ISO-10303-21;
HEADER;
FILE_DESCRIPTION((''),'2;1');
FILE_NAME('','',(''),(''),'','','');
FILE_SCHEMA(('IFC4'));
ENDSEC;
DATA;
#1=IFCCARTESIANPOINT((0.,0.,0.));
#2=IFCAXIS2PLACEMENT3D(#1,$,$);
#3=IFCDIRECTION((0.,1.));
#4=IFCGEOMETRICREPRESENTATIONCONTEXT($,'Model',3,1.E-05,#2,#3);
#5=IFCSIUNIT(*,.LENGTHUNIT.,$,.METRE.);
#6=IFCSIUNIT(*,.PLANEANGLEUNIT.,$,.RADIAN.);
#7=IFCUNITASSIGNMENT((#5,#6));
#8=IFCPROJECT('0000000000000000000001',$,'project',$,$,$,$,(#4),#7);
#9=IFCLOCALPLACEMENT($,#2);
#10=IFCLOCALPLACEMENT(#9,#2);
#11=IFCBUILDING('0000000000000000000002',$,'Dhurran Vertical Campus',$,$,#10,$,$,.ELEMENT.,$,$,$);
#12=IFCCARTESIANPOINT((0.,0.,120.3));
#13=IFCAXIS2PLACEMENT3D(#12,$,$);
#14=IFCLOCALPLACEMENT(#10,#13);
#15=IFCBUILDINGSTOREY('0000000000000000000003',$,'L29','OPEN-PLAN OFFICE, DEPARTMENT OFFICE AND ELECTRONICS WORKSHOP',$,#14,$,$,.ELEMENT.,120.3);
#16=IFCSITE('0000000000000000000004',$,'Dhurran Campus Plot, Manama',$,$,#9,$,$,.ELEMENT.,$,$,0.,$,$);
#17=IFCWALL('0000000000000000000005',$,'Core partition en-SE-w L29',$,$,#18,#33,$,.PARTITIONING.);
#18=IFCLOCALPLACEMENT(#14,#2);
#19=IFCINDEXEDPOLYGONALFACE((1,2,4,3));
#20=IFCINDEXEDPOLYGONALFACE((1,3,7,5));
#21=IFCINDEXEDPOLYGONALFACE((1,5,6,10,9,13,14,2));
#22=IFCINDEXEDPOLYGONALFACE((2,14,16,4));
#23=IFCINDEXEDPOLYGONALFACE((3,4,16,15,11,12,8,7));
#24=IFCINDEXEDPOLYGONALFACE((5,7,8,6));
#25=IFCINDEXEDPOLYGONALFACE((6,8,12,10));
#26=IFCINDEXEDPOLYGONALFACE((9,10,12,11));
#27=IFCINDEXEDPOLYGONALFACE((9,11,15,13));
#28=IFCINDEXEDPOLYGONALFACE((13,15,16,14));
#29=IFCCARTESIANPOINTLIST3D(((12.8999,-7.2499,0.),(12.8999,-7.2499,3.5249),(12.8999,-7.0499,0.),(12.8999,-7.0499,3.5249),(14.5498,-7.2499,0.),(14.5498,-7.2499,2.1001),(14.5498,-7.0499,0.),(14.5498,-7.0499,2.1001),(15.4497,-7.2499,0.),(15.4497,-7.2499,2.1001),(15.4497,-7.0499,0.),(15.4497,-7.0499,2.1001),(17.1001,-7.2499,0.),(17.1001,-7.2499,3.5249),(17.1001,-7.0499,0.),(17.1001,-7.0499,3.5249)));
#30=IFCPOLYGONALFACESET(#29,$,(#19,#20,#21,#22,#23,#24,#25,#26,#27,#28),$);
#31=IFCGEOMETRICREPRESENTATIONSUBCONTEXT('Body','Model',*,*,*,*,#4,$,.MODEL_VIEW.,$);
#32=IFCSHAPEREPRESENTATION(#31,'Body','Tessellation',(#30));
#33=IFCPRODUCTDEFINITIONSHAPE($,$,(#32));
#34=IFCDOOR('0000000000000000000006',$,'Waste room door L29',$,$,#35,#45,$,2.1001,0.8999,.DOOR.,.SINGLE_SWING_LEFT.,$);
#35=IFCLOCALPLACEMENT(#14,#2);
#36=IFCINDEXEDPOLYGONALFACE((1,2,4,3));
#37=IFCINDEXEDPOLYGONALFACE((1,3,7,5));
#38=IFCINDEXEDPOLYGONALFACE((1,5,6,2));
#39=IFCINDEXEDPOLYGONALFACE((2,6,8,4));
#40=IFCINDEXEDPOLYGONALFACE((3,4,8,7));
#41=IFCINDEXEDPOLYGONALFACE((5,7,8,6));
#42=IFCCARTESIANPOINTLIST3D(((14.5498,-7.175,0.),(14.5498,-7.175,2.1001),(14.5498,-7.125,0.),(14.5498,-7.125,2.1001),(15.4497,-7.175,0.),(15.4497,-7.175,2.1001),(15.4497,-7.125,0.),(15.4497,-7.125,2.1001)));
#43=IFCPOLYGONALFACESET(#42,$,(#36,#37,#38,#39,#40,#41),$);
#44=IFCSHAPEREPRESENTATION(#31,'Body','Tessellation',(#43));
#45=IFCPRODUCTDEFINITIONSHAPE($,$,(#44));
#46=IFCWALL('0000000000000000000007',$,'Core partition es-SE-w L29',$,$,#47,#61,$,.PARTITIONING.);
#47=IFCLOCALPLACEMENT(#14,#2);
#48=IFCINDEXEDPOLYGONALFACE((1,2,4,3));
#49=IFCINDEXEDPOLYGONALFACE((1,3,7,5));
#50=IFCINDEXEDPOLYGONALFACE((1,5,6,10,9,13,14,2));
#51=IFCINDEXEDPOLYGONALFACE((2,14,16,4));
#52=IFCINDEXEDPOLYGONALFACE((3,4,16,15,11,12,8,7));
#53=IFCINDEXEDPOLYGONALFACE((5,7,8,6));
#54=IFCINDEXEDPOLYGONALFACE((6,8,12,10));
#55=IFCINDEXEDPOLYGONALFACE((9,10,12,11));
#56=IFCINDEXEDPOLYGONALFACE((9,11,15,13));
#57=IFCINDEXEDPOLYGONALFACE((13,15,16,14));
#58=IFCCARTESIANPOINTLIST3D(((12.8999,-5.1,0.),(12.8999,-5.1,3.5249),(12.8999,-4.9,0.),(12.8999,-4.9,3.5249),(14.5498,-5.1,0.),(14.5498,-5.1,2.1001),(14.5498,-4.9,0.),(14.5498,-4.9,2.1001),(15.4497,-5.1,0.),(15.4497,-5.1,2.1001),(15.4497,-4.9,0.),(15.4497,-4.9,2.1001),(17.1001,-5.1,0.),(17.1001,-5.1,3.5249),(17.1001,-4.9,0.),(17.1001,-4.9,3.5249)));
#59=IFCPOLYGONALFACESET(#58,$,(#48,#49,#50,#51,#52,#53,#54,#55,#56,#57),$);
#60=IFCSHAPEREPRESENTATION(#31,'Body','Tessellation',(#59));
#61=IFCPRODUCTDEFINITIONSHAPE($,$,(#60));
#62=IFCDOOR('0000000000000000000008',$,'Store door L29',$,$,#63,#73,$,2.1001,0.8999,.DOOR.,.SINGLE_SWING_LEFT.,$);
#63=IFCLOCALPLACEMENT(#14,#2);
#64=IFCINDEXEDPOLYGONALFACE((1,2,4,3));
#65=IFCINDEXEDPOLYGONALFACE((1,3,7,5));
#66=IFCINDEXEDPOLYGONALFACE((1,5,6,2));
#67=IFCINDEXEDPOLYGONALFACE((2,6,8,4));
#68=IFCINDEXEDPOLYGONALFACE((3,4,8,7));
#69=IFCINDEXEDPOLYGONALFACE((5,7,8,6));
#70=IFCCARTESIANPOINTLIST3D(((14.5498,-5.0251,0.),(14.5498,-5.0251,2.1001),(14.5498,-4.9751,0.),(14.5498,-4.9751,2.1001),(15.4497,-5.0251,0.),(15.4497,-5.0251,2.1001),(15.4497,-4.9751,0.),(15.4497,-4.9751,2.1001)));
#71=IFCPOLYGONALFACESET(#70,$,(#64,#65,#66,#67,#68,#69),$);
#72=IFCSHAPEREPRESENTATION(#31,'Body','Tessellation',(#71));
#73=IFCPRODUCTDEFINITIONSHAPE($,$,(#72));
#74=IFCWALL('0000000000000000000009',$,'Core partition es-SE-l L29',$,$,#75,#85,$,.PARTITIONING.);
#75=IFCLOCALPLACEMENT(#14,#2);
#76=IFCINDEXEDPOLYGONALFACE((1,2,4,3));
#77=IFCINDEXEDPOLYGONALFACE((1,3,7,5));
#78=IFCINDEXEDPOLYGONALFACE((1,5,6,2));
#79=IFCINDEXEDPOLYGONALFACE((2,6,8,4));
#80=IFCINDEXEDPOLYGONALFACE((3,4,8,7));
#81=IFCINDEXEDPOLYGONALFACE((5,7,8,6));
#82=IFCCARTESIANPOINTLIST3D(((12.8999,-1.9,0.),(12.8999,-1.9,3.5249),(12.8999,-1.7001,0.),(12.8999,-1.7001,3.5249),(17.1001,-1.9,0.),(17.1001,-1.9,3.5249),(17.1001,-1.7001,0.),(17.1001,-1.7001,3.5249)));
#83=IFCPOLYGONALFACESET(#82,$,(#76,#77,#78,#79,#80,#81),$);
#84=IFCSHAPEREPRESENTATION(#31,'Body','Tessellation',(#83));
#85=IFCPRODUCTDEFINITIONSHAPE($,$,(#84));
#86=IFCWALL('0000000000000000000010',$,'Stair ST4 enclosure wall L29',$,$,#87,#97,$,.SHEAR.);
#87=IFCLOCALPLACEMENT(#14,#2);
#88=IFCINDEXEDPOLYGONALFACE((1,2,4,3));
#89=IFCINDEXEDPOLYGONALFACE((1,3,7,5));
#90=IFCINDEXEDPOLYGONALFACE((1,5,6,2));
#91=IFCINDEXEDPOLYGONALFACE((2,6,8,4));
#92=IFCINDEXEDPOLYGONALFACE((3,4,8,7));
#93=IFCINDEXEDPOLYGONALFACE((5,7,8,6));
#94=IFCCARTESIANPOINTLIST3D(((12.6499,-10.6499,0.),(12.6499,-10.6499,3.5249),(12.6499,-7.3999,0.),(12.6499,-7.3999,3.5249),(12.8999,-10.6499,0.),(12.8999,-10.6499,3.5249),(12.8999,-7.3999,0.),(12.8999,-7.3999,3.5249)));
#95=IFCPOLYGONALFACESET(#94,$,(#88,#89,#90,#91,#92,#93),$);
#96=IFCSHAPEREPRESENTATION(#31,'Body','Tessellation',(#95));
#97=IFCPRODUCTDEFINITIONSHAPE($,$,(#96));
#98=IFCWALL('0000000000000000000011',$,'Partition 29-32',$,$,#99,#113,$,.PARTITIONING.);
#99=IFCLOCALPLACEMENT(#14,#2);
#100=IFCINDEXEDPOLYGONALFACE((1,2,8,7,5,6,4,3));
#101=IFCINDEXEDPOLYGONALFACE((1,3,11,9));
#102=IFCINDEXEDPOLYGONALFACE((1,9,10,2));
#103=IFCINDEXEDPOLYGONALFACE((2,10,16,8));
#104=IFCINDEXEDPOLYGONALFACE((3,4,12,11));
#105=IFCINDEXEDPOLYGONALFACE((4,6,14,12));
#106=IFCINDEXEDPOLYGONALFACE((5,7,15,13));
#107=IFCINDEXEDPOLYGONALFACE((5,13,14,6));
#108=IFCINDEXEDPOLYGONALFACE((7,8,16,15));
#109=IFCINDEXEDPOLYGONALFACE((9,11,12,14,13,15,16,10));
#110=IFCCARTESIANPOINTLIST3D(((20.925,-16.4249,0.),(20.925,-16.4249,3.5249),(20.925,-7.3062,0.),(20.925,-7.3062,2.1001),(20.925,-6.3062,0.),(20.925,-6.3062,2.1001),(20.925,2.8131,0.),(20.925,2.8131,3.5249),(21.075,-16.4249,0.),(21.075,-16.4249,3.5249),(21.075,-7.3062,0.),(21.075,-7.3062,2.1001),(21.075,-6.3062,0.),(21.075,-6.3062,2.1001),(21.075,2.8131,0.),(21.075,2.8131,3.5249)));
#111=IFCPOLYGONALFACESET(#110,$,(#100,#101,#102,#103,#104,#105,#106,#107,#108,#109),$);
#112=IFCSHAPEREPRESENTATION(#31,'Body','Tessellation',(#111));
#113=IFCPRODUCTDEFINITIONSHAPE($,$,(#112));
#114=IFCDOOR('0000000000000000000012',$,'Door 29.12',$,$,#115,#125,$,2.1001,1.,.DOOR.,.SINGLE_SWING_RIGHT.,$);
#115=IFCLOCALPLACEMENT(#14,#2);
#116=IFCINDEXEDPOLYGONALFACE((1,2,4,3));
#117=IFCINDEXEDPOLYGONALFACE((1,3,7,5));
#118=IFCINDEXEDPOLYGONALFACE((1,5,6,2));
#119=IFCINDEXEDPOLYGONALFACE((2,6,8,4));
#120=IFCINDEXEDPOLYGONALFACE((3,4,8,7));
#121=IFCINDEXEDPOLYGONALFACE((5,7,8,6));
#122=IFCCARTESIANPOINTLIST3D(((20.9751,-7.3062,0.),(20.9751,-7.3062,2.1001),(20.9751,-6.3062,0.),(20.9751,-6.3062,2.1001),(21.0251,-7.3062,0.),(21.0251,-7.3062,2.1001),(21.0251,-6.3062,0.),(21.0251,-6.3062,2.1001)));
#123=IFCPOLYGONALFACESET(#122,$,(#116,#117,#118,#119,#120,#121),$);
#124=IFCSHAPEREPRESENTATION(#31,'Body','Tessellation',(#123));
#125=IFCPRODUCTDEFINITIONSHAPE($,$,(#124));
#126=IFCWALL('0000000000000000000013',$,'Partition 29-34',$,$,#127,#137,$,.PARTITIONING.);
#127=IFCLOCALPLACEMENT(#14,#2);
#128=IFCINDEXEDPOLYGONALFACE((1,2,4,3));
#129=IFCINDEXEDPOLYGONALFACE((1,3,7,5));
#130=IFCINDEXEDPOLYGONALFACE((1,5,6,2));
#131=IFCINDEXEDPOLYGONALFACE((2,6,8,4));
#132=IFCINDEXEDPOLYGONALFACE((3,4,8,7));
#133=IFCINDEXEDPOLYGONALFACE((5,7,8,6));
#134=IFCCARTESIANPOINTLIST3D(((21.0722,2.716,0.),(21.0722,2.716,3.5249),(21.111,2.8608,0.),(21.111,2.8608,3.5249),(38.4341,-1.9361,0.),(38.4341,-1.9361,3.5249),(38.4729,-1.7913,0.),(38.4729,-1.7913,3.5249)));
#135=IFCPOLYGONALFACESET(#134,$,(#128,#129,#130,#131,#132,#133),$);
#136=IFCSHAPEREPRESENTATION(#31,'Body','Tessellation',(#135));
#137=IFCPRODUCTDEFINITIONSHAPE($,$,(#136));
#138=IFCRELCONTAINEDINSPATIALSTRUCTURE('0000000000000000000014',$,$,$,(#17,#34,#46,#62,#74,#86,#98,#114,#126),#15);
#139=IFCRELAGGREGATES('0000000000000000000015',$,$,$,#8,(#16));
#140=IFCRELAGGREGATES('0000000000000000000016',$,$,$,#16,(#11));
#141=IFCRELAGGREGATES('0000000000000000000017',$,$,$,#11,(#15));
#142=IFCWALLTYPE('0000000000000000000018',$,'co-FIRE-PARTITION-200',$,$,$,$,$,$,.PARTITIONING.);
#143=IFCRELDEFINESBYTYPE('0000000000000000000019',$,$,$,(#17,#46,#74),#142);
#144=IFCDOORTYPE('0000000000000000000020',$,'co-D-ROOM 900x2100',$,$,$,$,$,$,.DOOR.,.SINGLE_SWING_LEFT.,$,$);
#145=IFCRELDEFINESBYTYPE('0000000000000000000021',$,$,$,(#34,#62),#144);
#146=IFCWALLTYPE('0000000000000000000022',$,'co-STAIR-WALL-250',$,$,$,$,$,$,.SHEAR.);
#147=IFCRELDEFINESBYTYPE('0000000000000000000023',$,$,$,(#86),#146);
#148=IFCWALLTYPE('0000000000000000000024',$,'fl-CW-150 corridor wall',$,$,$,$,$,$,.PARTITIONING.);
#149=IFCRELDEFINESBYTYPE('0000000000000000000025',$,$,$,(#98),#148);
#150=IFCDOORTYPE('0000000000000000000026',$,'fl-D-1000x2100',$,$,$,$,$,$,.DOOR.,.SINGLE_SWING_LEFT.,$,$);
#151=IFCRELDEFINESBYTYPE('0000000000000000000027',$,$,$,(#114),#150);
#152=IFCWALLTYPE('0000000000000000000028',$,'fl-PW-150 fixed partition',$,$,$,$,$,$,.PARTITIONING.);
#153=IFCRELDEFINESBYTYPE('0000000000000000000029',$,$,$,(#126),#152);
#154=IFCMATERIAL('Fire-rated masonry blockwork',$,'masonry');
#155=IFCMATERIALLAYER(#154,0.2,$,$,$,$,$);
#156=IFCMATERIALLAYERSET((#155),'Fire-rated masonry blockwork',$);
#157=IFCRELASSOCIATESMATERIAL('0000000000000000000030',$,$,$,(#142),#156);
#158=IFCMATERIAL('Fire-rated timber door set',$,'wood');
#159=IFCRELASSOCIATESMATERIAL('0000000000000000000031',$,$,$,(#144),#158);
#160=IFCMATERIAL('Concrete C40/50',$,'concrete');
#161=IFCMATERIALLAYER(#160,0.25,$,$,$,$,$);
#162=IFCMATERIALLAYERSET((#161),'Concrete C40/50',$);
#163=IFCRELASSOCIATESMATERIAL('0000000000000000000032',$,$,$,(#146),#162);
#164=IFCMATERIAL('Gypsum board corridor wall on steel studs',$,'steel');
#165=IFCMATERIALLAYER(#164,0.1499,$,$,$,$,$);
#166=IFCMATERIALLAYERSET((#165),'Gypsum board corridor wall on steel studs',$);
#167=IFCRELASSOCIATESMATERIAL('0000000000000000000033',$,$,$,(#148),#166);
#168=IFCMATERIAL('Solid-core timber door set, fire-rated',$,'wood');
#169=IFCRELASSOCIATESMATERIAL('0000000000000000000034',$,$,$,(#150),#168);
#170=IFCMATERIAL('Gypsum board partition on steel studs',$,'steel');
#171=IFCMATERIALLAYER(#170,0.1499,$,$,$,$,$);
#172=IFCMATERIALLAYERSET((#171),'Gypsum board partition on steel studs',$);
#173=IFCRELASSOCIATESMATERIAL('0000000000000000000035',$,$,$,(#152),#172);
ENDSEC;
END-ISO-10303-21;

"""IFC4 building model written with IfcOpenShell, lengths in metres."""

from ifc_helpers import new_model, si_unit, direction, frame, frame_2d, origin, place, context, subcontext, project, spatial, rectangle, extrude, material, layer, layer_set, type_object, element, fill, save


model = new_model("IFC4")

# Units and contexts
model_context = context("Model", 3, precision=1e-05, world=origin(), true_north=direction((0.0, 1.0)))
body_context = subcontext(model_context, "Body", "Model", "MODEL_VIEW")
ifc_project = project(units=[si_unit("LENGTHUNIT", "METRE"), si_unit("PLANEANGLEUNIT", "RADIAN")], contexts=[model_context])

# Site, building, storey
site_placement = place(None, origin())
site = spatial("IfcSite", under=ifc_project, at=site_placement, Name="Dhurran Campus Plot, Manama", CompositionType="ELEMENT", RefElevation=0.0)
building_placement = place(site_placement, origin())
building = spatial("IfcBuilding", under=site, at=building_placement, Name="Dhurran Vertical Campus", CompositionType="ELEMENT")
storey_placement = place(building_placement, frame((0.0, 0.0, 120.3)))
storey = spatial("IfcBuildingStorey", under=building, at=storey_placement, Name="L29", Description="OPEN-PLAN OFFICE, DEPARTMENT OFFICE AND ELECTRONICS WORKSHOP", CompositionType="ELEMENT", Elevation=120.3)

# Shared definitions
ifc_material_1 = material(Name="Fire-rated masonry blockwork", Category="masonry")
ifc_layer_1 = layer(ifc_material_1, 0.2)
ifc_layer_set_1 = layer_set([ifc_layer_1], Name="Fire-rated masonry blockwork")
wall_type_1 = type_object("IfcWallType", Name="co-FIRE-PARTITION-200", PredefinedType="PARTITIONING", material=ifc_layer_set_1)

# Walls, openings, doors
wall_1_placement = place(storey_placement, frame((12.8999, -7.1499, 0.0), z_axis=(0.0, 0.0, 1.0), x_axis=(1.0, 0.0, 0.0)))
wall_1 = element("IfcWall", 1, at=wall_1_placement, inside=storey, type_object=wall_type_1, Name="Core partition en-SE-w L29", PredefinedType="PARTITIONING", context=body_context, shape_type="SweptSolid", body=[
    extrude(rectangle(XDim=4.2002, YDim=0.2, at=frame_2d((2.1001, 0.0))), origin(), (0.0, 0.0, 1.0), 3.5249),
])
opening_1_placement = place(wall_1_placement, frame((1.6499, 0.0, 0.0)))
opening_1 = element("IfcOpeningElement", 2, at=opening_1_placement, cuts=wall_1, PredefinedType="OPENING", context=body_context, shape_type="SweptSolid", body=[
    extrude(rectangle(XDim=0.8999, YDim=2.1001, at=frame_2d((0.45, 1.05))), frame((0.0, 0.1099, 0.0), z_axis=(0.0, -1.0, 0.0), x_axis=(1.0, 0.0, 0.0)), (0.0, 0.0, 1.0), 0.22),
])
ifc_material_2 = material(Name="Fire-rated timber door set", Category="wood")
door_type_1 = type_object("IfcDoorType", Name="co-D-ROOM 900x2100", OperationType="SINGLE_SWING_LEFT", PredefinedType="DOOR", material=ifc_material_2)
door_1_placement = place(opening_1_placement, origin())
door_1 = element("IfcDoor", 3, at=door_1_placement, inside=storey, type_object=door_type_1, Name="Waste room door L29", OperationType="SINGLE_SWING_LEFT", OverallHeight=2.1001, OverallWidth=0.8999, PredefinedType="DOOR", context=body_context, shape_type="SweptSolid", body=[
    extrude(rectangle(XDim=0.8999, YDim=2.1001, at=frame_2d((0.45, 1.05))), frame((0.0, 0.0249, 0.0), z_axis=(0.0, -1.0, 0.0), x_axis=(1.0, 0.0, 0.0)), (0.0, 0.0, 1.0), 0.05),
])
fill(opening_1, door_1)
wall_2_placement = place(storey_placement, frame((12.8999, -5.0, 0.0), z_axis=(0.0, 0.0, 1.0), x_axis=(1.0, 0.0, 0.0)))
wall_2 = element("IfcWall", 4, at=wall_2_placement, inside=storey, type_object=wall_type_1, Name="Core partition es-SE-w L29", PredefinedType="PARTITIONING", context=body_context, shape_type="SweptSolid", body=[
    extrude(rectangle(XDim=4.2002, YDim=0.2, at=frame_2d((2.1001, 0.0))), origin(), (0.0, 0.0, 1.0), 3.5249),
])
opening_2_placement = place(wall_2_placement, frame((1.6499, 0.0, 0.0)))
opening_2 = element("IfcOpeningElement", 5, at=opening_2_placement, cuts=wall_2, PredefinedType="OPENING", context=body_context, shape_type="SweptSolid", body=[
    extrude(rectangle(XDim=0.8999, YDim=2.1001, at=frame_2d((0.45, 1.05))), frame((0.0, 0.1099, 0.0), z_axis=(0.0, -1.0, 0.0), x_axis=(1.0, 0.0, 0.0)), (0.0, 0.0, 1.0), 0.22),
])
door_2_placement = place(opening_2_placement, origin())
door_2 = element("IfcDoor", 6, at=door_2_placement, inside=storey, type_object=door_type_1, Name="Store door L29", OperationType="SINGLE_SWING_LEFT", OverallHeight=2.1001, OverallWidth=0.8999, PredefinedType="DOOR", context=body_context, shape_type="SweptSolid", body=[
    extrude(rectangle(XDim=0.8999, YDim=2.1001, at=frame_2d((0.45, 1.05))), frame((0.0, 0.0249, 0.0), z_axis=(0.0, -1.0, 0.0), x_axis=(1.0, 0.0, 0.0)), (0.0, 0.0, 1.0), 0.05),
])
fill(opening_2, door_2)

# Walls
wall_3_placement = place(storey_placement, frame((12.8999, -1.8, 0.0), z_axis=(0.0, 0.0, 1.0), x_axis=(1.0, 0.0, 0.0)))
element("IfcWall", 7, at=wall_3_placement, inside=storey, type_object=wall_type_1, Name="Core partition es-SE-l L29", PredefinedType="PARTITIONING", context=body_context, shape_type="SweptSolid", body=[
    extrude(rectangle(XDim=4.2002, YDim=0.2, at=frame_2d((2.1001, 0.0))), origin(), (0.0, 0.0, 1.0), 3.5249),
])
ifc_material_3 = material(Name="Concrete C40/50", Category="concrete")
ifc_layer_2 = layer(ifc_material_3, 0.25)
ifc_layer_set_2 = layer_set([ifc_layer_2], Name="Concrete C40/50")
wall_type_2 = type_object("IfcWallType", Name="co-STAIR-WALL-250", PredefinedType="SHEAR", material=ifc_layer_set_2)
wall_4_placement = place(storey_placement, frame((12.7749, -10.6499, 0.0), z_axis=(0.0, 0.0, 1.0), x_axis=(0.0, 1.0, 0.0)))
element("IfcWall", 8, at=wall_4_placement, inside=storey, type_object=wall_type_2, Name="Stair ST4 enclosure wall L29", PredefinedType="SHEAR", context=body_context, shape_type="SweptSolid", body=[
    extrude(rectangle(XDim=3.25, YDim=0.25, at=frame_2d((1.625, 0.0))), origin(), (0.0, 0.0, 1.0), 3.5249),
])

# Wall, opening, door
ifc_material_4 = material(Name="Gypsum board corridor wall on steel studs", Category="steel")
ifc_layer_3 = layer(ifc_material_4, 0.1499)
ifc_layer_set_3 = layer_set([ifc_layer_3], Name="Gypsum board corridor wall on steel studs")
wall_type_3 = type_object("IfcWallType", Name="fl-CW-150 corridor wall", PredefinedType="PARTITIONING", material=ifc_layer_set_3)
wall_5_placement = place(storey_placement, frame((21.0, -16.425, 0.0), z_axis=(0.0, 0.0, 1.0), x_axis=(0.0, 1.0, 0.0)))
wall_5 = element("IfcWall", 9, at=wall_5_placement, inside=storey, type_object=wall_type_3, Name="Partition 29-32", PredefinedType="PARTITIONING", context=body_context, shape_type="SweptSolid", body=[
    extrude(rectangle(XDim=19.238, YDim=0.1499, at=frame_2d((9.6191, 0.0))), origin(), (0.0, 0.0, 1.0), 3.5249),
])
opening_3_placement = place(wall_5_placement, frame((9.1189, 0.0, 0.0)))
opening_3 = element("IfcOpeningElement", 10, at=opening_3_placement, cuts=wall_5, PredefinedType="OPENING", context=body_context, shape_type="SweptSolid", body=[
    extrude(rectangle(XDim=1.0, YDim=2.1001, at=frame_2d((0.5, 1.05))), frame((0.0, 0.085, 0.0), z_axis=(0.0, -1.0, 0.0), x_axis=(1.0, 0.0, 0.0)), (0.0, 0.0, 1.0), 0.1699),
])
ifc_material_5 = material(Name="Solid-core timber door set, fire-rated", Category="wood")
door_type_2 = type_object("IfcDoorType", Name="fl-D-1000x2100", OperationType="SINGLE_SWING_LEFT", PredefinedType="DOOR", material=ifc_material_5)
door_3_placement = place(opening_3_placement, origin())
door_3 = element("IfcDoor", 11, at=door_3_placement, inside=storey, type_object=door_type_2, Name="Door 29.12", OperationType="SINGLE_SWING_RIGHT", OverallHeight=2.1001, OverallWidth=1.0, PredefinedType="DOOR", context=body_context, shape_type="SweptSolid", body=[
    extrude(rectangle(XDim=1.0, YDim=2.1001, at=frame_2d((0.5, 1.05))), frame((0.0, 0.0249, 0.0), z_axis=(0.0, -1.0, 0.0), x_axis=(1.0, 0.0, 0.0)), (0.0, 0.0, 1.0), 0.05),
])
fill(opening_3, door_3)

# Wall
ifc_material_6 = material(Name="Gypsum board partition on steel studs", Category="steel")
ifc_layer_4 = layer(ifc_material_6, 0.1499)
ifc_layer_set_4 = layer_set([ifc_layer_4], Name="Gypsum board partition on steel studs")
wall_type_4 = type_object("IfcWallType", Name="fl-PW-150 fixed partition", PredefinedType="PARTITIONING", material=ifc_layer_set_4)
wall_6_placement = place(storey_placement, frame((38.4536, -1.8638, 0.0), z_axis=(0.0, 0.0, 1.0), x_axis=(-0.965926, 0.25882, 0.0)))
element("IfcWall", 12, at=wall_6_placement, inside=storey, type_object=wall_type_4, Name="Partition 29-34", PredefinedType="PARTITIONING", context=body_context, shape_type="SweptSolid", body=[
    extrude(rectangle(XDim=17.9744, YDim=0.1499, at=frame_2d((8.9873, 0.0))), origin(), (0.0, 0.0, 1.0), 3.5249),
])

save(model, "model.ifc")
